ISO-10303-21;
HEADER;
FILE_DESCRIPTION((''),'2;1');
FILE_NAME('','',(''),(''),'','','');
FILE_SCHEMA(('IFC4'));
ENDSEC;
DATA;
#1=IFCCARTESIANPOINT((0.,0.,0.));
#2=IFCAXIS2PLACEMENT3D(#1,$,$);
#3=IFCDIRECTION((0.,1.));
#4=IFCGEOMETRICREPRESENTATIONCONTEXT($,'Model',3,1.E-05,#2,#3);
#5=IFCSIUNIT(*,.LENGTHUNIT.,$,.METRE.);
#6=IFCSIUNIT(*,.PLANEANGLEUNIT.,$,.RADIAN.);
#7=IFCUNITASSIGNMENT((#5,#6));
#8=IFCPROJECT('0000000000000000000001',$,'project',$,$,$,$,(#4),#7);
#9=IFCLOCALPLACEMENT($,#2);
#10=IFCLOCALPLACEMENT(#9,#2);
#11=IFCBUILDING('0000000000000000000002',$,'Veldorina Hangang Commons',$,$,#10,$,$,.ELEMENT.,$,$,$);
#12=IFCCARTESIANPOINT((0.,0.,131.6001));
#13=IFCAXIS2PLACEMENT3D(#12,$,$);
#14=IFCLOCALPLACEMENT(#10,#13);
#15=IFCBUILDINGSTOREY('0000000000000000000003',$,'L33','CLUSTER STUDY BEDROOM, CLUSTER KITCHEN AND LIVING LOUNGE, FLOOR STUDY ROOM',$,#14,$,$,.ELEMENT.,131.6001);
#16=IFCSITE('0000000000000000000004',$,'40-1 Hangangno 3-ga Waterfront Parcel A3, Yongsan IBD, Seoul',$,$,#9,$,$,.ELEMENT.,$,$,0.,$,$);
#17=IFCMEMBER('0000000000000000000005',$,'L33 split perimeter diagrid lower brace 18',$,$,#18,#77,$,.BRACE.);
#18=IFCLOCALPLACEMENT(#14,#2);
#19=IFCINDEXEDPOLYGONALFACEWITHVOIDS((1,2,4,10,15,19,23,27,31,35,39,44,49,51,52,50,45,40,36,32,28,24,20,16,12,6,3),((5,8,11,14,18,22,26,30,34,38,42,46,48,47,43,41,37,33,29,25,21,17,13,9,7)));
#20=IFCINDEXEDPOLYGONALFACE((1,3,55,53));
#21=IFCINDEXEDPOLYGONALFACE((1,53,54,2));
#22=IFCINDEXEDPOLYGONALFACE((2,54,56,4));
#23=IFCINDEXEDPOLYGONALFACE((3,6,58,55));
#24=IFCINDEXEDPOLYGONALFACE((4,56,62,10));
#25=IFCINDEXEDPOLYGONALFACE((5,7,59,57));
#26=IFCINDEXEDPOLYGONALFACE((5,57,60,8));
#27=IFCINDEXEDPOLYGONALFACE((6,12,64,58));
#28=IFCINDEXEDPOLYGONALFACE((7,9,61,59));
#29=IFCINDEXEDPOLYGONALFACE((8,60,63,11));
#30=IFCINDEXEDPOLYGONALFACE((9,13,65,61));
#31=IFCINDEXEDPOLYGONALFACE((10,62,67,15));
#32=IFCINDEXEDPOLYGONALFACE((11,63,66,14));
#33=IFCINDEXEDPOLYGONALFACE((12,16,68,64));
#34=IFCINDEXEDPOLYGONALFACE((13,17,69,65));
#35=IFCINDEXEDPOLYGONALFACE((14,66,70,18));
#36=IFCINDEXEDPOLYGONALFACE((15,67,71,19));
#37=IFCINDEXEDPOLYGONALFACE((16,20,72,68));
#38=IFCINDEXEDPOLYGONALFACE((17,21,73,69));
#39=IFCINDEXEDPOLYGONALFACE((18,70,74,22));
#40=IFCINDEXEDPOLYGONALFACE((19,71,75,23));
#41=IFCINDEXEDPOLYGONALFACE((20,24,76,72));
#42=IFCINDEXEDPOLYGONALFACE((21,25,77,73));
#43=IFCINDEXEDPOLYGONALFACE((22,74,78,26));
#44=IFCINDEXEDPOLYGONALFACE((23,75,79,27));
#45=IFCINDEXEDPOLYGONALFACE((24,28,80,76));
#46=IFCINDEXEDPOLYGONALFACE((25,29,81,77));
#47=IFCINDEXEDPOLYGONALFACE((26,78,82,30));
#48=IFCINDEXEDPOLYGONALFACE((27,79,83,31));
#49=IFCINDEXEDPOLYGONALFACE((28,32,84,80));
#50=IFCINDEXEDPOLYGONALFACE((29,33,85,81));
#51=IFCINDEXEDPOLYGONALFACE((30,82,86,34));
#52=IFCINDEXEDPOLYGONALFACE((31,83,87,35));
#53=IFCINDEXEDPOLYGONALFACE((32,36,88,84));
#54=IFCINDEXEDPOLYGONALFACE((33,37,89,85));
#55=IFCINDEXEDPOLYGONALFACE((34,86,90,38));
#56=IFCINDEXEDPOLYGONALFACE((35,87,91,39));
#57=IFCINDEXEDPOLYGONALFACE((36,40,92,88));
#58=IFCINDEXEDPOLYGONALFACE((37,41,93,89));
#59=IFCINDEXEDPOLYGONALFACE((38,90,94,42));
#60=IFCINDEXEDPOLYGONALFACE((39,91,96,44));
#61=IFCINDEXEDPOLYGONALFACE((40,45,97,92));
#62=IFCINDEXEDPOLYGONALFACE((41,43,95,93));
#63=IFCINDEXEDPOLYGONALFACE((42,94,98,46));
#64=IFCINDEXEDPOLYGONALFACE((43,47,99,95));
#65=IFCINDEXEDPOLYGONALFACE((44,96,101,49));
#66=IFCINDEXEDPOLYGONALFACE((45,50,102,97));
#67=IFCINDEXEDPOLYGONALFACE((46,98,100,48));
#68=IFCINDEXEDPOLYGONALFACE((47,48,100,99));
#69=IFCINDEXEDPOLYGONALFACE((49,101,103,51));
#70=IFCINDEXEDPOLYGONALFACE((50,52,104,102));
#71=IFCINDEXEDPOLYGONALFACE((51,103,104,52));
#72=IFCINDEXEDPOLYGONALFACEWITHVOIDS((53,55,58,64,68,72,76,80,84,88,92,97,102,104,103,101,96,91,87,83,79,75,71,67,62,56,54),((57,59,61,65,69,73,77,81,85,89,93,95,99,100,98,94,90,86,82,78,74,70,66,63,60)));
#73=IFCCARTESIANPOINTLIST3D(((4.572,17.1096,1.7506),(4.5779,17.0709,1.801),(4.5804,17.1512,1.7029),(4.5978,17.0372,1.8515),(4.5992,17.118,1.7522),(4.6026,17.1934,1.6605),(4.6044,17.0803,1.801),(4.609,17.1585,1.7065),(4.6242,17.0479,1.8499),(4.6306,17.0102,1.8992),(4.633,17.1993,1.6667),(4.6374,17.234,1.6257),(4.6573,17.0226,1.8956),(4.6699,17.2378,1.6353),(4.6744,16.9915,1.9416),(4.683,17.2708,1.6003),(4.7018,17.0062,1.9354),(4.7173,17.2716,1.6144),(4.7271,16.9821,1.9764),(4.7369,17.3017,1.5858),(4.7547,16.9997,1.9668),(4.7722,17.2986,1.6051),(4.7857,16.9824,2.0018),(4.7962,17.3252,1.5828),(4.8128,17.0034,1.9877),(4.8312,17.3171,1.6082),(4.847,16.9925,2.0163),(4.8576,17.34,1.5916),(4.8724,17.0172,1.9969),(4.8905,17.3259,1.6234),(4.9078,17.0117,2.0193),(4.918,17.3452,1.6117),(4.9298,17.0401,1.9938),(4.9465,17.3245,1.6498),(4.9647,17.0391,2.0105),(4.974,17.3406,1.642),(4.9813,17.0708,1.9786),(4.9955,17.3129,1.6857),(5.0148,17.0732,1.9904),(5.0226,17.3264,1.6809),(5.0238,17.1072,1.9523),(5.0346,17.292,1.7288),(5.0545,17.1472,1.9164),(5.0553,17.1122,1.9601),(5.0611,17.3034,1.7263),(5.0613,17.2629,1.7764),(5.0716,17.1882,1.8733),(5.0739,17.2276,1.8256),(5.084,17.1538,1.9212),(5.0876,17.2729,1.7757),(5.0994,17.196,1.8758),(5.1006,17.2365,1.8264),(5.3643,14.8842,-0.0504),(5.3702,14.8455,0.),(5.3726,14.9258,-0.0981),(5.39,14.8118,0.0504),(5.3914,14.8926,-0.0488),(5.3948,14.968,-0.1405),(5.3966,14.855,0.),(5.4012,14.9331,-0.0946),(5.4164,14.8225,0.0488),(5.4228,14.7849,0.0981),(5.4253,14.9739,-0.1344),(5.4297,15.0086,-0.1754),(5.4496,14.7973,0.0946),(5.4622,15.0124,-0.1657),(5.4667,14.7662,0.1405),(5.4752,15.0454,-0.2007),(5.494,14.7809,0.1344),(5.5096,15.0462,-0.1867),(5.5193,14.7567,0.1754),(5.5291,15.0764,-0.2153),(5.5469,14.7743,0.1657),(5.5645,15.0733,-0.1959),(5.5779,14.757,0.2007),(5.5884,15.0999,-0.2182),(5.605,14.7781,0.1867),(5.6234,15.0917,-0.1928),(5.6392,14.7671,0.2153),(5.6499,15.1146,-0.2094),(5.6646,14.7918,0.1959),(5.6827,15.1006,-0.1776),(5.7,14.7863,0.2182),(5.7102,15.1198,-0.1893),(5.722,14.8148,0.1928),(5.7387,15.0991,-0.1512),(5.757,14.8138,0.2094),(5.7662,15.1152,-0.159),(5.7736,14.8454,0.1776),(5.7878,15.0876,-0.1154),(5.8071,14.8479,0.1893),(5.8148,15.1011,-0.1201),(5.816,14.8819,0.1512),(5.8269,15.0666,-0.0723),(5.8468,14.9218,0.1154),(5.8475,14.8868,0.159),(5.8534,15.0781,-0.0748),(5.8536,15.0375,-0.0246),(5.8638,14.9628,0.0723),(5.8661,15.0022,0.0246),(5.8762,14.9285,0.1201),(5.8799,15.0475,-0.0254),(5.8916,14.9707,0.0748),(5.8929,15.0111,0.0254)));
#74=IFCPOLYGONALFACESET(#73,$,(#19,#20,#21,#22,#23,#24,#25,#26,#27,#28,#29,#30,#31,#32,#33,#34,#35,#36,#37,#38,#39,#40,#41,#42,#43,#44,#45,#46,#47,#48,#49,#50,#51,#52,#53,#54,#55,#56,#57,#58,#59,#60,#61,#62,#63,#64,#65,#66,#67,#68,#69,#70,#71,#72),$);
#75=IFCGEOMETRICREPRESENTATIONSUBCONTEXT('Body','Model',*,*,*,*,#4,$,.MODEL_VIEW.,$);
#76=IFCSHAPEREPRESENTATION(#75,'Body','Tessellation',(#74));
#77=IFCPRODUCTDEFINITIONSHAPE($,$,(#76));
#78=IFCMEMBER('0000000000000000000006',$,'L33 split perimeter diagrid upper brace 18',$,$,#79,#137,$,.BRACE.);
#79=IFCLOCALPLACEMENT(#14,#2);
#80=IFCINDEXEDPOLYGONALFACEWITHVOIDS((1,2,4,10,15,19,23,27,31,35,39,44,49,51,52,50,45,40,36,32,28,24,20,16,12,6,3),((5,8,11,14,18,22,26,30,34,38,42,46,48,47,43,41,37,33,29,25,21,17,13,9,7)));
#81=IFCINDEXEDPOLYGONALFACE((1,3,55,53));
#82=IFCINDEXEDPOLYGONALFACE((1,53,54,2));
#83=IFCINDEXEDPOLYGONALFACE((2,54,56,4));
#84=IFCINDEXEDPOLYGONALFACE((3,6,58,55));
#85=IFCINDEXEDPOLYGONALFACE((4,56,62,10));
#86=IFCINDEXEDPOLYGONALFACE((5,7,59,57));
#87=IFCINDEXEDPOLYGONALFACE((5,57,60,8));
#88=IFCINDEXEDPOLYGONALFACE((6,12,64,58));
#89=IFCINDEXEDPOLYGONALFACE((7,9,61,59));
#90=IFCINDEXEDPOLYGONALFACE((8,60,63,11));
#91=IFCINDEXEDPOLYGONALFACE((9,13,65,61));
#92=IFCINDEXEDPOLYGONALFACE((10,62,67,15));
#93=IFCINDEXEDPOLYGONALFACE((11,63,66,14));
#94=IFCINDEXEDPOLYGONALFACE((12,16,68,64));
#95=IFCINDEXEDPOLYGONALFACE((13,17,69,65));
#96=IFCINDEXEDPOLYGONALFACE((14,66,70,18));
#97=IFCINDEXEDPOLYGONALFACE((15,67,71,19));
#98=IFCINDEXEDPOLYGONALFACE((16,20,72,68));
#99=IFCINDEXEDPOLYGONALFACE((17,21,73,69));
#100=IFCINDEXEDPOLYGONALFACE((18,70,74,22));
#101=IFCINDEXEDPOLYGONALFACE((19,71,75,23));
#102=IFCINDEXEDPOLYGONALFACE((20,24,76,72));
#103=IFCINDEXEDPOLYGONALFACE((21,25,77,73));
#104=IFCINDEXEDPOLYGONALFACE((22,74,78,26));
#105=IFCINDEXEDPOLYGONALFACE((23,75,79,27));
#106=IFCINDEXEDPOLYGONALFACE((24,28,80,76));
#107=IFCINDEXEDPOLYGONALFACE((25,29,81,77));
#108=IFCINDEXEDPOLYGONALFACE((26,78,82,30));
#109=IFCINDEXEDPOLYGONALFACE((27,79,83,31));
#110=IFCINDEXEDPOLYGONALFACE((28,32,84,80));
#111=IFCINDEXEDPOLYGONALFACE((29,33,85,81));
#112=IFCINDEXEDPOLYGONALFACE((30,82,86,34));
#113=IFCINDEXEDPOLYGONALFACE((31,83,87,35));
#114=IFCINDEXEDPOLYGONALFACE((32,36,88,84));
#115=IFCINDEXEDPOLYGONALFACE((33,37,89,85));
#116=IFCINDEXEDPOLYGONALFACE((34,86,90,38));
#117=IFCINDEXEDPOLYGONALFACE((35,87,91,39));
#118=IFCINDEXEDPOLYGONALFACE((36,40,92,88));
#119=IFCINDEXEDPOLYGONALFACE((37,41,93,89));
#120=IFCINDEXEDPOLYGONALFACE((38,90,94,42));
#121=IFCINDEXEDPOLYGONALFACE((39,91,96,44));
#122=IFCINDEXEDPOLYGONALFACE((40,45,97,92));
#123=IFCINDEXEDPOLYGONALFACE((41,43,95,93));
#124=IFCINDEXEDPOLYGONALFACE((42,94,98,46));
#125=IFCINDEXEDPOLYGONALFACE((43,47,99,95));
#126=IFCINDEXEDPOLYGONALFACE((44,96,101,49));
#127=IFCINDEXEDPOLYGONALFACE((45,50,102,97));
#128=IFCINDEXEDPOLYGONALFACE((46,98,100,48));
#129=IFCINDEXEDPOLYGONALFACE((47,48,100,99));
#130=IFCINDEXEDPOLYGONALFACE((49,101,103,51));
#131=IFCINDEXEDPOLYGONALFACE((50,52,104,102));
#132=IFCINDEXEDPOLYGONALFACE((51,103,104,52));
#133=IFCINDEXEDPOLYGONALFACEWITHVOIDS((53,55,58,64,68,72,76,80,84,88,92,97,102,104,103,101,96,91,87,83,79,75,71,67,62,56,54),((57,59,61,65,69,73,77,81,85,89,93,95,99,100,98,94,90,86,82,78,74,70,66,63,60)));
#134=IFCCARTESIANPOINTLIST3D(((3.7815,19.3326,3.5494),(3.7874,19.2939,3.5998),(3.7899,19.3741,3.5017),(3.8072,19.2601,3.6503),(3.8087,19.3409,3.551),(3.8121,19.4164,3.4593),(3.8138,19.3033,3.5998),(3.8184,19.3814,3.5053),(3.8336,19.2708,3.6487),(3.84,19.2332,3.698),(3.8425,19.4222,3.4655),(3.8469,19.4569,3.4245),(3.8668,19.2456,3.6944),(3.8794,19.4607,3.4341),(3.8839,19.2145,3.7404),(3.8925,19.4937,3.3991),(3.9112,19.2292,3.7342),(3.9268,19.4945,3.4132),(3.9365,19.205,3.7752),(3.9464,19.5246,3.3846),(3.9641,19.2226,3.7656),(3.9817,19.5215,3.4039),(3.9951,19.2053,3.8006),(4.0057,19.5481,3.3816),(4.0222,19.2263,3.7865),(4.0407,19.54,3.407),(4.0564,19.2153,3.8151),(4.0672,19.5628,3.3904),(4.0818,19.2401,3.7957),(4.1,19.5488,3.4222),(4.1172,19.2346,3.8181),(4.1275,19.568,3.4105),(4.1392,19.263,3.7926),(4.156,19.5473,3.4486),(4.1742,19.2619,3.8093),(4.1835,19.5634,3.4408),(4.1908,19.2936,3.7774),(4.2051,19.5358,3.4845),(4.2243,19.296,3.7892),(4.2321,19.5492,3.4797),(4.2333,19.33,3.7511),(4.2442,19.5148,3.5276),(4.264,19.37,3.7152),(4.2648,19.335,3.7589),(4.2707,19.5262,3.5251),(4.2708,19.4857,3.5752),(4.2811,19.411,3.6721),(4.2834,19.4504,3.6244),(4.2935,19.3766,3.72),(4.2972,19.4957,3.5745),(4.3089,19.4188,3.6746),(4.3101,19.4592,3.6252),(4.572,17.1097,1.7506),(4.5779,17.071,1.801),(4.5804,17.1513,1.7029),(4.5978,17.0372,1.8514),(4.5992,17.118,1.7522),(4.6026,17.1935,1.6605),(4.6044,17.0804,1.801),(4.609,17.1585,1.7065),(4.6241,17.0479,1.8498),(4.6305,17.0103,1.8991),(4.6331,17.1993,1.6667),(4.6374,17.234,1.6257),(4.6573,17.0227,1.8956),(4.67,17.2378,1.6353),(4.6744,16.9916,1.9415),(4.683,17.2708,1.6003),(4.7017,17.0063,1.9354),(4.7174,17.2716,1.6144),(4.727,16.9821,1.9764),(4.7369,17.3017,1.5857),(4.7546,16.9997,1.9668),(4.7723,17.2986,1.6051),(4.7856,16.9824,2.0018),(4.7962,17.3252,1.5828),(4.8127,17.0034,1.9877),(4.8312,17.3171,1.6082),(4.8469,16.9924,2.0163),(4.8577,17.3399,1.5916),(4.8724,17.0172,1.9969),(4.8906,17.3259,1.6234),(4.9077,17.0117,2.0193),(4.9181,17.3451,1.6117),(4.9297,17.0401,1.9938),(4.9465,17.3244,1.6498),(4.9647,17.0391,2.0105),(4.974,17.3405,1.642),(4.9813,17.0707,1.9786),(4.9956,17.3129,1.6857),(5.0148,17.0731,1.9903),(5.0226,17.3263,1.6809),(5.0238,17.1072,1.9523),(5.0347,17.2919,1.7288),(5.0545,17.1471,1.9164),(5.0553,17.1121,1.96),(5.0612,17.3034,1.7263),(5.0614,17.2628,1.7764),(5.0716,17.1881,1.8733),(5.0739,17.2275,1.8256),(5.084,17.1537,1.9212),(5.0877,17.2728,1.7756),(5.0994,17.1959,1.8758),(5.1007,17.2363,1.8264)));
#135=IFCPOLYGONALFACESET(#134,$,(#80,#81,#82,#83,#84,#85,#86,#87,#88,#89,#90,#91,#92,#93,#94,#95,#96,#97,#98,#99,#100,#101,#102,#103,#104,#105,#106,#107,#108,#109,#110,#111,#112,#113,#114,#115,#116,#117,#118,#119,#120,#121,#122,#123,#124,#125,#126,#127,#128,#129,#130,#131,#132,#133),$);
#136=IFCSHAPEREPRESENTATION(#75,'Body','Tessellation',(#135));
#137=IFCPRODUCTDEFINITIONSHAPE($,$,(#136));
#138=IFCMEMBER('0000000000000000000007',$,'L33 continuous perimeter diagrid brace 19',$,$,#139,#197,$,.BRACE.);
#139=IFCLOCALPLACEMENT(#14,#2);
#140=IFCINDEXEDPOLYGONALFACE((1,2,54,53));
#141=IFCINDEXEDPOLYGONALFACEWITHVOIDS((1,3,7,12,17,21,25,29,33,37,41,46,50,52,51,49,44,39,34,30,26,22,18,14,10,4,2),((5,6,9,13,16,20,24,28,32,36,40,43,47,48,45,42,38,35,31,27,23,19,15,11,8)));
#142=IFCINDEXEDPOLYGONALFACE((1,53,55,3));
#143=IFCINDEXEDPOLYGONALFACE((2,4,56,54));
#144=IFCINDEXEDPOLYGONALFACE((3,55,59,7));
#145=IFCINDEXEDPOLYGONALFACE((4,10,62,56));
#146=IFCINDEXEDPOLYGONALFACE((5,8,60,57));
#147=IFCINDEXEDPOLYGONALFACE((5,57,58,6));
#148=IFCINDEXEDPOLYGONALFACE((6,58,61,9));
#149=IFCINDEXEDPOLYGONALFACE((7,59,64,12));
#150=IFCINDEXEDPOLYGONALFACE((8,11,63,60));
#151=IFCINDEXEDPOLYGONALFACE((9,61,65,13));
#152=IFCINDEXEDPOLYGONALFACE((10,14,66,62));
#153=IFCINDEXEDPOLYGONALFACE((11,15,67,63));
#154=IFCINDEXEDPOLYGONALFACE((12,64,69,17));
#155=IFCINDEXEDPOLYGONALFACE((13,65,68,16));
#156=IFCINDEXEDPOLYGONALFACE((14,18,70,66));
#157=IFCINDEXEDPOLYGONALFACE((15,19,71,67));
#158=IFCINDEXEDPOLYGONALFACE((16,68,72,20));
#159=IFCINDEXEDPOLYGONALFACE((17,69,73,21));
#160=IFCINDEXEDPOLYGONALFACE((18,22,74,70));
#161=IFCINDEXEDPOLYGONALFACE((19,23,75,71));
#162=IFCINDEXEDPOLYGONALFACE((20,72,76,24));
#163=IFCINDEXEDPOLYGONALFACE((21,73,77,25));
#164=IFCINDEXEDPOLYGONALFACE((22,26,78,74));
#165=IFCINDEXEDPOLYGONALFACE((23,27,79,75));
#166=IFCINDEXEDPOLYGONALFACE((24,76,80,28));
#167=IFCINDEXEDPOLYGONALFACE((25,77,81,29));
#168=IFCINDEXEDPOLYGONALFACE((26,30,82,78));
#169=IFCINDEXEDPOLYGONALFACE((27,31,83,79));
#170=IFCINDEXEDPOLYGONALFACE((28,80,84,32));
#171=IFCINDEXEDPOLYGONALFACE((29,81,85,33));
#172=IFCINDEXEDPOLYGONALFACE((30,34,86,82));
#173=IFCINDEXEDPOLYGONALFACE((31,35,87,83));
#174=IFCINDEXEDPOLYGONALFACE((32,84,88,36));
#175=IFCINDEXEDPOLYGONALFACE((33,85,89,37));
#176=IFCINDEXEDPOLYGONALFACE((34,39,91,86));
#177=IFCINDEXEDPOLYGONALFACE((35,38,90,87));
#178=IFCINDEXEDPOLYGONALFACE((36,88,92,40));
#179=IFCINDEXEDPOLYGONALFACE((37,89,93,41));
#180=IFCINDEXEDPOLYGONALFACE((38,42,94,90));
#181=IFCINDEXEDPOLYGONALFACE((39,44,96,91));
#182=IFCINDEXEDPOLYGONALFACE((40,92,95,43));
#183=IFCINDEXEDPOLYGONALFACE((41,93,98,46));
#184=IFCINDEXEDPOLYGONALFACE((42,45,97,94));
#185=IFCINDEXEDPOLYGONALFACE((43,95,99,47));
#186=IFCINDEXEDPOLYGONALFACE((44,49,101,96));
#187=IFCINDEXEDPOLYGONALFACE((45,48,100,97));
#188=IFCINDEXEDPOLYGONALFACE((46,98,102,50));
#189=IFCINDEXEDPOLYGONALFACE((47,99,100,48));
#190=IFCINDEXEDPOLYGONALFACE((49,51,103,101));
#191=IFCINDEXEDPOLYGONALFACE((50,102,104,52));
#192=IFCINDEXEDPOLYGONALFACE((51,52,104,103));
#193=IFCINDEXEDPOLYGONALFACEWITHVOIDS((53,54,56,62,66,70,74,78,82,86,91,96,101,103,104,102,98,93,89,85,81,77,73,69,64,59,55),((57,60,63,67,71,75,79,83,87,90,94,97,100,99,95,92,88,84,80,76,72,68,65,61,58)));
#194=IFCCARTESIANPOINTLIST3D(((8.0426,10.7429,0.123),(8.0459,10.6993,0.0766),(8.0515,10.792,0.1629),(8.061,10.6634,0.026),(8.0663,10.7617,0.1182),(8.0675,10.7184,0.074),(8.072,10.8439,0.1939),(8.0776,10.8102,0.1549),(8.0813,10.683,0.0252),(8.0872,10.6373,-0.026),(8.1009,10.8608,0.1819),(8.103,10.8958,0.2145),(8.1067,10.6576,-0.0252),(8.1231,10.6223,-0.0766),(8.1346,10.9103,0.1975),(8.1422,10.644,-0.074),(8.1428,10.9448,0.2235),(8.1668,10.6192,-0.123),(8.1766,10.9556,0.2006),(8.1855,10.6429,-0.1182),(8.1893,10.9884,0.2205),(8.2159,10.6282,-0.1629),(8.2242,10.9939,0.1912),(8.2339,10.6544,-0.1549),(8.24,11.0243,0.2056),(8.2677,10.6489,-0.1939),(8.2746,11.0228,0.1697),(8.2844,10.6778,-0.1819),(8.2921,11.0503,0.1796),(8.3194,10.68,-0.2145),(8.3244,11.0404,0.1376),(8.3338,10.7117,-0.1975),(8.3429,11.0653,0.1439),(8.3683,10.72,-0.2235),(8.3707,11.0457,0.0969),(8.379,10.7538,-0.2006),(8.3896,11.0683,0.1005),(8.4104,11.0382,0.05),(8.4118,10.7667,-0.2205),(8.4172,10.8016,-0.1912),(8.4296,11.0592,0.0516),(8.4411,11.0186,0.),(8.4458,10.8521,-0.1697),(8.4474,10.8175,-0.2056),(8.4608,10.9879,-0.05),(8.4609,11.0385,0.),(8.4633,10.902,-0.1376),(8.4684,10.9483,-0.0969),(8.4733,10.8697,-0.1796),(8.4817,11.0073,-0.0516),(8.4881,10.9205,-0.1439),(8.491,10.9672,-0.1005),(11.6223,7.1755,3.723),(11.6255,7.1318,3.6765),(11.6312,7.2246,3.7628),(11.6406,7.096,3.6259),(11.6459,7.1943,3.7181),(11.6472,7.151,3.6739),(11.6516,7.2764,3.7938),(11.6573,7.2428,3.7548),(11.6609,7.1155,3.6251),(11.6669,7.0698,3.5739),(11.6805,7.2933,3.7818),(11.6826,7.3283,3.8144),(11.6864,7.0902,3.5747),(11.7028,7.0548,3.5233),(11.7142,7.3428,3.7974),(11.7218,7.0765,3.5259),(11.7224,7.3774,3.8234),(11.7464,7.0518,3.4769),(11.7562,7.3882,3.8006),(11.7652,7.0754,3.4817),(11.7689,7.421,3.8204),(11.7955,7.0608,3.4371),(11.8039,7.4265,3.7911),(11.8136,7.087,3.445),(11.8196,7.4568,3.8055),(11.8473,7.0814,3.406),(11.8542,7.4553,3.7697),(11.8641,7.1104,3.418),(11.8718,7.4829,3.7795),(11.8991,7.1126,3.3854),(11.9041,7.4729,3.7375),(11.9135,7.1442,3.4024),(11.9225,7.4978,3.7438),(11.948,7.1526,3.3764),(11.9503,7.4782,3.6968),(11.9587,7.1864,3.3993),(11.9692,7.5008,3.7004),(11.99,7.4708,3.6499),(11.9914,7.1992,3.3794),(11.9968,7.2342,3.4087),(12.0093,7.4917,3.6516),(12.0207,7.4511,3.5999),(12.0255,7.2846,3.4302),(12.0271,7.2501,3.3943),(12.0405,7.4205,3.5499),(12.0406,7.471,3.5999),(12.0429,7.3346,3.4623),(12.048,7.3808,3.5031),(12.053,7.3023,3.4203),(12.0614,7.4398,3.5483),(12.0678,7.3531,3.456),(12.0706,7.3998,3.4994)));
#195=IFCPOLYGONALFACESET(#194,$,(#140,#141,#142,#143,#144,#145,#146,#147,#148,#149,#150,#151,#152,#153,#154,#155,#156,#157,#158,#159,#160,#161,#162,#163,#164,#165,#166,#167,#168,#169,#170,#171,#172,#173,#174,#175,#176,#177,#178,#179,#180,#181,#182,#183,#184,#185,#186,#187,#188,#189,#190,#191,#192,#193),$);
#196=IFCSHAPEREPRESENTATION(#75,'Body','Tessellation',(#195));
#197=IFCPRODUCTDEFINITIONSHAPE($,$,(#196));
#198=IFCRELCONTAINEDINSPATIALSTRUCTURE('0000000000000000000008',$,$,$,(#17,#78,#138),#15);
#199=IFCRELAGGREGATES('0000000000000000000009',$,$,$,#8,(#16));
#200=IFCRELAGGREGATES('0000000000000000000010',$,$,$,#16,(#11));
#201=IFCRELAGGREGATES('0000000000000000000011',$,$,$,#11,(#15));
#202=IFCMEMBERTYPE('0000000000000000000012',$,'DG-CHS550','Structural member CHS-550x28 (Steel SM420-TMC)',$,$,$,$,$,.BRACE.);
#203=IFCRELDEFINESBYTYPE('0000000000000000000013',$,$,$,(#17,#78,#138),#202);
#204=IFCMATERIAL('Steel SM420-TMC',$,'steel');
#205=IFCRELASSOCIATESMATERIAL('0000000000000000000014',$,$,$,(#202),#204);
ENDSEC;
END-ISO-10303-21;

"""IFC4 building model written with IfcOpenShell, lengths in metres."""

from ifc_helpers import new_model, si_unit, direction, frame, origin, origin_2d, place, context, subcontext, project, spatial, hollow_circle, extrude, material, material_profile, profile_set, type_object, element, save


model = new_model("IFC4")

# Units and contexts
model_context = context("Model", 3, precision=1e-05, world=origin(), true_north=direction((0.0, 1.0)))
body_context = subcontext(model_context, "Body", "Model", "MODEL_VIEW")
ifc_project = project(units=[si_unit("LENGTHUNIT", "METRE"), si_unit("PLANEANGLEUNIT", "RADIAN")], contexts=[model_context])

# Site, building, storey
site_placement = place(None, origin())
site = spatial("IfcSite", under=ifc_project, at=site_placement, Name="40-1 Hangangno 3-ga Waterfront Parcel A3, Yongsan IBD, Seoul", CompositionType="ELEMENT", RefElevation=0.0)
building_placement = place(site_placement, origin())
building = spatial("IfcBuilding", under=site, at=building_placement, Name="Veldorina Hangang Commons", CompositionType="ELEMENT")
storey_placement = place(building_placement, frame((0.0, 0.0, 131.6001)))
storey = spatial("IfcBuildingStorey", under=building, at=storey_placement, Name="L33", Description="CLUSTER STUDY BEDROOM, CLUSTER KITCHEN AND LIVING LOUNGE, FLOOR STUDY ROOM", CompositionType="ELEMENT", Elevation=131.6001)

# Shared definitions
ifc_material_1 = material(Name="Steel SM420-TMC", Category="steel")

# Members
ifc_material_profile_1 = material_profile(ifc_material_1, hollow_circle(Radius=0.2749, WallThickness=0.0281, at=origin_2d()), Name="CHS-550x28")
ifc_profile_set_1 = profile_set([ifc_material_profile_1], Name="Steel SM420-TMC")
member_type = type_object("IfcMemberType", Name="DG-CHS550", Description="Structural member CHS-550x28 (Steel SM420-TMC)", PredefinedType="BRACE", material=ifc_profile_set_1)
member_1_placement = place(storey_placement, frame((5.6292, 14.9377, 0.0), z_axis=(-0.266707, 0.749164, 0.606317), x_axis=(-0.94208, -0.335387, 0.0)))
element("IfcMember", 1, at=member_1_placement, inside=storey, type_object=member_type, Name="L33 split perimeter diagrid lower brace 18", PredefinedType="BRACE", context=body_context, shape_type="SweptSolid", body=[
    extrude(hollow_circle(Radius=0.2749, WallThickness=0.0281, at=origin_2d()), origin(), (0.0, 0.0, 1.0), 2.9705),
])
member_2_placement = place(storey_placement, frame((4.8369, 17.1631, 1.801), z_axis=(-0.266456, 0.749254, 0.606316), x_axis=(-0.942193, -0.335071, 0.0)))
element("IfcMember", 2, at=member_2_placement, inside=storey, type_object=member_type, Name="L33 split perimeter diagrid upper brace 18", PredefinedType="BRACE", context=body_context, shape_type="SweptSolid", body=[
    extrude(hollow_circle(Radius=0.2749, WallThickness=0.0281, at=origin_2d()), origin(), (0.0, 0.0, 1.0), 2.9668),
])
member_3_placement = place(storey_placement, frame((8.2668, 10.8438, 0.0), z_axis=(0.576913, -0.574946, 0.580179), x_axis=(0.705898, 0.708313, 0.0)))
element("IfcMember", 3, at=member_3_placement, inside=storey, type_object=member_type, Name="L33 continuous perimeter diagrid brace 19", PredefinedType="BRACE", context=body_context, shape_type="SweptSolid", body=[
    extrude(hollow_circle(Radius=0.2749, WallThickness=0.0281, at=origin_2d()), origin(), (0.0, 0.0, 1.0), 6.2048),
])

save(model, "model.ifc")
